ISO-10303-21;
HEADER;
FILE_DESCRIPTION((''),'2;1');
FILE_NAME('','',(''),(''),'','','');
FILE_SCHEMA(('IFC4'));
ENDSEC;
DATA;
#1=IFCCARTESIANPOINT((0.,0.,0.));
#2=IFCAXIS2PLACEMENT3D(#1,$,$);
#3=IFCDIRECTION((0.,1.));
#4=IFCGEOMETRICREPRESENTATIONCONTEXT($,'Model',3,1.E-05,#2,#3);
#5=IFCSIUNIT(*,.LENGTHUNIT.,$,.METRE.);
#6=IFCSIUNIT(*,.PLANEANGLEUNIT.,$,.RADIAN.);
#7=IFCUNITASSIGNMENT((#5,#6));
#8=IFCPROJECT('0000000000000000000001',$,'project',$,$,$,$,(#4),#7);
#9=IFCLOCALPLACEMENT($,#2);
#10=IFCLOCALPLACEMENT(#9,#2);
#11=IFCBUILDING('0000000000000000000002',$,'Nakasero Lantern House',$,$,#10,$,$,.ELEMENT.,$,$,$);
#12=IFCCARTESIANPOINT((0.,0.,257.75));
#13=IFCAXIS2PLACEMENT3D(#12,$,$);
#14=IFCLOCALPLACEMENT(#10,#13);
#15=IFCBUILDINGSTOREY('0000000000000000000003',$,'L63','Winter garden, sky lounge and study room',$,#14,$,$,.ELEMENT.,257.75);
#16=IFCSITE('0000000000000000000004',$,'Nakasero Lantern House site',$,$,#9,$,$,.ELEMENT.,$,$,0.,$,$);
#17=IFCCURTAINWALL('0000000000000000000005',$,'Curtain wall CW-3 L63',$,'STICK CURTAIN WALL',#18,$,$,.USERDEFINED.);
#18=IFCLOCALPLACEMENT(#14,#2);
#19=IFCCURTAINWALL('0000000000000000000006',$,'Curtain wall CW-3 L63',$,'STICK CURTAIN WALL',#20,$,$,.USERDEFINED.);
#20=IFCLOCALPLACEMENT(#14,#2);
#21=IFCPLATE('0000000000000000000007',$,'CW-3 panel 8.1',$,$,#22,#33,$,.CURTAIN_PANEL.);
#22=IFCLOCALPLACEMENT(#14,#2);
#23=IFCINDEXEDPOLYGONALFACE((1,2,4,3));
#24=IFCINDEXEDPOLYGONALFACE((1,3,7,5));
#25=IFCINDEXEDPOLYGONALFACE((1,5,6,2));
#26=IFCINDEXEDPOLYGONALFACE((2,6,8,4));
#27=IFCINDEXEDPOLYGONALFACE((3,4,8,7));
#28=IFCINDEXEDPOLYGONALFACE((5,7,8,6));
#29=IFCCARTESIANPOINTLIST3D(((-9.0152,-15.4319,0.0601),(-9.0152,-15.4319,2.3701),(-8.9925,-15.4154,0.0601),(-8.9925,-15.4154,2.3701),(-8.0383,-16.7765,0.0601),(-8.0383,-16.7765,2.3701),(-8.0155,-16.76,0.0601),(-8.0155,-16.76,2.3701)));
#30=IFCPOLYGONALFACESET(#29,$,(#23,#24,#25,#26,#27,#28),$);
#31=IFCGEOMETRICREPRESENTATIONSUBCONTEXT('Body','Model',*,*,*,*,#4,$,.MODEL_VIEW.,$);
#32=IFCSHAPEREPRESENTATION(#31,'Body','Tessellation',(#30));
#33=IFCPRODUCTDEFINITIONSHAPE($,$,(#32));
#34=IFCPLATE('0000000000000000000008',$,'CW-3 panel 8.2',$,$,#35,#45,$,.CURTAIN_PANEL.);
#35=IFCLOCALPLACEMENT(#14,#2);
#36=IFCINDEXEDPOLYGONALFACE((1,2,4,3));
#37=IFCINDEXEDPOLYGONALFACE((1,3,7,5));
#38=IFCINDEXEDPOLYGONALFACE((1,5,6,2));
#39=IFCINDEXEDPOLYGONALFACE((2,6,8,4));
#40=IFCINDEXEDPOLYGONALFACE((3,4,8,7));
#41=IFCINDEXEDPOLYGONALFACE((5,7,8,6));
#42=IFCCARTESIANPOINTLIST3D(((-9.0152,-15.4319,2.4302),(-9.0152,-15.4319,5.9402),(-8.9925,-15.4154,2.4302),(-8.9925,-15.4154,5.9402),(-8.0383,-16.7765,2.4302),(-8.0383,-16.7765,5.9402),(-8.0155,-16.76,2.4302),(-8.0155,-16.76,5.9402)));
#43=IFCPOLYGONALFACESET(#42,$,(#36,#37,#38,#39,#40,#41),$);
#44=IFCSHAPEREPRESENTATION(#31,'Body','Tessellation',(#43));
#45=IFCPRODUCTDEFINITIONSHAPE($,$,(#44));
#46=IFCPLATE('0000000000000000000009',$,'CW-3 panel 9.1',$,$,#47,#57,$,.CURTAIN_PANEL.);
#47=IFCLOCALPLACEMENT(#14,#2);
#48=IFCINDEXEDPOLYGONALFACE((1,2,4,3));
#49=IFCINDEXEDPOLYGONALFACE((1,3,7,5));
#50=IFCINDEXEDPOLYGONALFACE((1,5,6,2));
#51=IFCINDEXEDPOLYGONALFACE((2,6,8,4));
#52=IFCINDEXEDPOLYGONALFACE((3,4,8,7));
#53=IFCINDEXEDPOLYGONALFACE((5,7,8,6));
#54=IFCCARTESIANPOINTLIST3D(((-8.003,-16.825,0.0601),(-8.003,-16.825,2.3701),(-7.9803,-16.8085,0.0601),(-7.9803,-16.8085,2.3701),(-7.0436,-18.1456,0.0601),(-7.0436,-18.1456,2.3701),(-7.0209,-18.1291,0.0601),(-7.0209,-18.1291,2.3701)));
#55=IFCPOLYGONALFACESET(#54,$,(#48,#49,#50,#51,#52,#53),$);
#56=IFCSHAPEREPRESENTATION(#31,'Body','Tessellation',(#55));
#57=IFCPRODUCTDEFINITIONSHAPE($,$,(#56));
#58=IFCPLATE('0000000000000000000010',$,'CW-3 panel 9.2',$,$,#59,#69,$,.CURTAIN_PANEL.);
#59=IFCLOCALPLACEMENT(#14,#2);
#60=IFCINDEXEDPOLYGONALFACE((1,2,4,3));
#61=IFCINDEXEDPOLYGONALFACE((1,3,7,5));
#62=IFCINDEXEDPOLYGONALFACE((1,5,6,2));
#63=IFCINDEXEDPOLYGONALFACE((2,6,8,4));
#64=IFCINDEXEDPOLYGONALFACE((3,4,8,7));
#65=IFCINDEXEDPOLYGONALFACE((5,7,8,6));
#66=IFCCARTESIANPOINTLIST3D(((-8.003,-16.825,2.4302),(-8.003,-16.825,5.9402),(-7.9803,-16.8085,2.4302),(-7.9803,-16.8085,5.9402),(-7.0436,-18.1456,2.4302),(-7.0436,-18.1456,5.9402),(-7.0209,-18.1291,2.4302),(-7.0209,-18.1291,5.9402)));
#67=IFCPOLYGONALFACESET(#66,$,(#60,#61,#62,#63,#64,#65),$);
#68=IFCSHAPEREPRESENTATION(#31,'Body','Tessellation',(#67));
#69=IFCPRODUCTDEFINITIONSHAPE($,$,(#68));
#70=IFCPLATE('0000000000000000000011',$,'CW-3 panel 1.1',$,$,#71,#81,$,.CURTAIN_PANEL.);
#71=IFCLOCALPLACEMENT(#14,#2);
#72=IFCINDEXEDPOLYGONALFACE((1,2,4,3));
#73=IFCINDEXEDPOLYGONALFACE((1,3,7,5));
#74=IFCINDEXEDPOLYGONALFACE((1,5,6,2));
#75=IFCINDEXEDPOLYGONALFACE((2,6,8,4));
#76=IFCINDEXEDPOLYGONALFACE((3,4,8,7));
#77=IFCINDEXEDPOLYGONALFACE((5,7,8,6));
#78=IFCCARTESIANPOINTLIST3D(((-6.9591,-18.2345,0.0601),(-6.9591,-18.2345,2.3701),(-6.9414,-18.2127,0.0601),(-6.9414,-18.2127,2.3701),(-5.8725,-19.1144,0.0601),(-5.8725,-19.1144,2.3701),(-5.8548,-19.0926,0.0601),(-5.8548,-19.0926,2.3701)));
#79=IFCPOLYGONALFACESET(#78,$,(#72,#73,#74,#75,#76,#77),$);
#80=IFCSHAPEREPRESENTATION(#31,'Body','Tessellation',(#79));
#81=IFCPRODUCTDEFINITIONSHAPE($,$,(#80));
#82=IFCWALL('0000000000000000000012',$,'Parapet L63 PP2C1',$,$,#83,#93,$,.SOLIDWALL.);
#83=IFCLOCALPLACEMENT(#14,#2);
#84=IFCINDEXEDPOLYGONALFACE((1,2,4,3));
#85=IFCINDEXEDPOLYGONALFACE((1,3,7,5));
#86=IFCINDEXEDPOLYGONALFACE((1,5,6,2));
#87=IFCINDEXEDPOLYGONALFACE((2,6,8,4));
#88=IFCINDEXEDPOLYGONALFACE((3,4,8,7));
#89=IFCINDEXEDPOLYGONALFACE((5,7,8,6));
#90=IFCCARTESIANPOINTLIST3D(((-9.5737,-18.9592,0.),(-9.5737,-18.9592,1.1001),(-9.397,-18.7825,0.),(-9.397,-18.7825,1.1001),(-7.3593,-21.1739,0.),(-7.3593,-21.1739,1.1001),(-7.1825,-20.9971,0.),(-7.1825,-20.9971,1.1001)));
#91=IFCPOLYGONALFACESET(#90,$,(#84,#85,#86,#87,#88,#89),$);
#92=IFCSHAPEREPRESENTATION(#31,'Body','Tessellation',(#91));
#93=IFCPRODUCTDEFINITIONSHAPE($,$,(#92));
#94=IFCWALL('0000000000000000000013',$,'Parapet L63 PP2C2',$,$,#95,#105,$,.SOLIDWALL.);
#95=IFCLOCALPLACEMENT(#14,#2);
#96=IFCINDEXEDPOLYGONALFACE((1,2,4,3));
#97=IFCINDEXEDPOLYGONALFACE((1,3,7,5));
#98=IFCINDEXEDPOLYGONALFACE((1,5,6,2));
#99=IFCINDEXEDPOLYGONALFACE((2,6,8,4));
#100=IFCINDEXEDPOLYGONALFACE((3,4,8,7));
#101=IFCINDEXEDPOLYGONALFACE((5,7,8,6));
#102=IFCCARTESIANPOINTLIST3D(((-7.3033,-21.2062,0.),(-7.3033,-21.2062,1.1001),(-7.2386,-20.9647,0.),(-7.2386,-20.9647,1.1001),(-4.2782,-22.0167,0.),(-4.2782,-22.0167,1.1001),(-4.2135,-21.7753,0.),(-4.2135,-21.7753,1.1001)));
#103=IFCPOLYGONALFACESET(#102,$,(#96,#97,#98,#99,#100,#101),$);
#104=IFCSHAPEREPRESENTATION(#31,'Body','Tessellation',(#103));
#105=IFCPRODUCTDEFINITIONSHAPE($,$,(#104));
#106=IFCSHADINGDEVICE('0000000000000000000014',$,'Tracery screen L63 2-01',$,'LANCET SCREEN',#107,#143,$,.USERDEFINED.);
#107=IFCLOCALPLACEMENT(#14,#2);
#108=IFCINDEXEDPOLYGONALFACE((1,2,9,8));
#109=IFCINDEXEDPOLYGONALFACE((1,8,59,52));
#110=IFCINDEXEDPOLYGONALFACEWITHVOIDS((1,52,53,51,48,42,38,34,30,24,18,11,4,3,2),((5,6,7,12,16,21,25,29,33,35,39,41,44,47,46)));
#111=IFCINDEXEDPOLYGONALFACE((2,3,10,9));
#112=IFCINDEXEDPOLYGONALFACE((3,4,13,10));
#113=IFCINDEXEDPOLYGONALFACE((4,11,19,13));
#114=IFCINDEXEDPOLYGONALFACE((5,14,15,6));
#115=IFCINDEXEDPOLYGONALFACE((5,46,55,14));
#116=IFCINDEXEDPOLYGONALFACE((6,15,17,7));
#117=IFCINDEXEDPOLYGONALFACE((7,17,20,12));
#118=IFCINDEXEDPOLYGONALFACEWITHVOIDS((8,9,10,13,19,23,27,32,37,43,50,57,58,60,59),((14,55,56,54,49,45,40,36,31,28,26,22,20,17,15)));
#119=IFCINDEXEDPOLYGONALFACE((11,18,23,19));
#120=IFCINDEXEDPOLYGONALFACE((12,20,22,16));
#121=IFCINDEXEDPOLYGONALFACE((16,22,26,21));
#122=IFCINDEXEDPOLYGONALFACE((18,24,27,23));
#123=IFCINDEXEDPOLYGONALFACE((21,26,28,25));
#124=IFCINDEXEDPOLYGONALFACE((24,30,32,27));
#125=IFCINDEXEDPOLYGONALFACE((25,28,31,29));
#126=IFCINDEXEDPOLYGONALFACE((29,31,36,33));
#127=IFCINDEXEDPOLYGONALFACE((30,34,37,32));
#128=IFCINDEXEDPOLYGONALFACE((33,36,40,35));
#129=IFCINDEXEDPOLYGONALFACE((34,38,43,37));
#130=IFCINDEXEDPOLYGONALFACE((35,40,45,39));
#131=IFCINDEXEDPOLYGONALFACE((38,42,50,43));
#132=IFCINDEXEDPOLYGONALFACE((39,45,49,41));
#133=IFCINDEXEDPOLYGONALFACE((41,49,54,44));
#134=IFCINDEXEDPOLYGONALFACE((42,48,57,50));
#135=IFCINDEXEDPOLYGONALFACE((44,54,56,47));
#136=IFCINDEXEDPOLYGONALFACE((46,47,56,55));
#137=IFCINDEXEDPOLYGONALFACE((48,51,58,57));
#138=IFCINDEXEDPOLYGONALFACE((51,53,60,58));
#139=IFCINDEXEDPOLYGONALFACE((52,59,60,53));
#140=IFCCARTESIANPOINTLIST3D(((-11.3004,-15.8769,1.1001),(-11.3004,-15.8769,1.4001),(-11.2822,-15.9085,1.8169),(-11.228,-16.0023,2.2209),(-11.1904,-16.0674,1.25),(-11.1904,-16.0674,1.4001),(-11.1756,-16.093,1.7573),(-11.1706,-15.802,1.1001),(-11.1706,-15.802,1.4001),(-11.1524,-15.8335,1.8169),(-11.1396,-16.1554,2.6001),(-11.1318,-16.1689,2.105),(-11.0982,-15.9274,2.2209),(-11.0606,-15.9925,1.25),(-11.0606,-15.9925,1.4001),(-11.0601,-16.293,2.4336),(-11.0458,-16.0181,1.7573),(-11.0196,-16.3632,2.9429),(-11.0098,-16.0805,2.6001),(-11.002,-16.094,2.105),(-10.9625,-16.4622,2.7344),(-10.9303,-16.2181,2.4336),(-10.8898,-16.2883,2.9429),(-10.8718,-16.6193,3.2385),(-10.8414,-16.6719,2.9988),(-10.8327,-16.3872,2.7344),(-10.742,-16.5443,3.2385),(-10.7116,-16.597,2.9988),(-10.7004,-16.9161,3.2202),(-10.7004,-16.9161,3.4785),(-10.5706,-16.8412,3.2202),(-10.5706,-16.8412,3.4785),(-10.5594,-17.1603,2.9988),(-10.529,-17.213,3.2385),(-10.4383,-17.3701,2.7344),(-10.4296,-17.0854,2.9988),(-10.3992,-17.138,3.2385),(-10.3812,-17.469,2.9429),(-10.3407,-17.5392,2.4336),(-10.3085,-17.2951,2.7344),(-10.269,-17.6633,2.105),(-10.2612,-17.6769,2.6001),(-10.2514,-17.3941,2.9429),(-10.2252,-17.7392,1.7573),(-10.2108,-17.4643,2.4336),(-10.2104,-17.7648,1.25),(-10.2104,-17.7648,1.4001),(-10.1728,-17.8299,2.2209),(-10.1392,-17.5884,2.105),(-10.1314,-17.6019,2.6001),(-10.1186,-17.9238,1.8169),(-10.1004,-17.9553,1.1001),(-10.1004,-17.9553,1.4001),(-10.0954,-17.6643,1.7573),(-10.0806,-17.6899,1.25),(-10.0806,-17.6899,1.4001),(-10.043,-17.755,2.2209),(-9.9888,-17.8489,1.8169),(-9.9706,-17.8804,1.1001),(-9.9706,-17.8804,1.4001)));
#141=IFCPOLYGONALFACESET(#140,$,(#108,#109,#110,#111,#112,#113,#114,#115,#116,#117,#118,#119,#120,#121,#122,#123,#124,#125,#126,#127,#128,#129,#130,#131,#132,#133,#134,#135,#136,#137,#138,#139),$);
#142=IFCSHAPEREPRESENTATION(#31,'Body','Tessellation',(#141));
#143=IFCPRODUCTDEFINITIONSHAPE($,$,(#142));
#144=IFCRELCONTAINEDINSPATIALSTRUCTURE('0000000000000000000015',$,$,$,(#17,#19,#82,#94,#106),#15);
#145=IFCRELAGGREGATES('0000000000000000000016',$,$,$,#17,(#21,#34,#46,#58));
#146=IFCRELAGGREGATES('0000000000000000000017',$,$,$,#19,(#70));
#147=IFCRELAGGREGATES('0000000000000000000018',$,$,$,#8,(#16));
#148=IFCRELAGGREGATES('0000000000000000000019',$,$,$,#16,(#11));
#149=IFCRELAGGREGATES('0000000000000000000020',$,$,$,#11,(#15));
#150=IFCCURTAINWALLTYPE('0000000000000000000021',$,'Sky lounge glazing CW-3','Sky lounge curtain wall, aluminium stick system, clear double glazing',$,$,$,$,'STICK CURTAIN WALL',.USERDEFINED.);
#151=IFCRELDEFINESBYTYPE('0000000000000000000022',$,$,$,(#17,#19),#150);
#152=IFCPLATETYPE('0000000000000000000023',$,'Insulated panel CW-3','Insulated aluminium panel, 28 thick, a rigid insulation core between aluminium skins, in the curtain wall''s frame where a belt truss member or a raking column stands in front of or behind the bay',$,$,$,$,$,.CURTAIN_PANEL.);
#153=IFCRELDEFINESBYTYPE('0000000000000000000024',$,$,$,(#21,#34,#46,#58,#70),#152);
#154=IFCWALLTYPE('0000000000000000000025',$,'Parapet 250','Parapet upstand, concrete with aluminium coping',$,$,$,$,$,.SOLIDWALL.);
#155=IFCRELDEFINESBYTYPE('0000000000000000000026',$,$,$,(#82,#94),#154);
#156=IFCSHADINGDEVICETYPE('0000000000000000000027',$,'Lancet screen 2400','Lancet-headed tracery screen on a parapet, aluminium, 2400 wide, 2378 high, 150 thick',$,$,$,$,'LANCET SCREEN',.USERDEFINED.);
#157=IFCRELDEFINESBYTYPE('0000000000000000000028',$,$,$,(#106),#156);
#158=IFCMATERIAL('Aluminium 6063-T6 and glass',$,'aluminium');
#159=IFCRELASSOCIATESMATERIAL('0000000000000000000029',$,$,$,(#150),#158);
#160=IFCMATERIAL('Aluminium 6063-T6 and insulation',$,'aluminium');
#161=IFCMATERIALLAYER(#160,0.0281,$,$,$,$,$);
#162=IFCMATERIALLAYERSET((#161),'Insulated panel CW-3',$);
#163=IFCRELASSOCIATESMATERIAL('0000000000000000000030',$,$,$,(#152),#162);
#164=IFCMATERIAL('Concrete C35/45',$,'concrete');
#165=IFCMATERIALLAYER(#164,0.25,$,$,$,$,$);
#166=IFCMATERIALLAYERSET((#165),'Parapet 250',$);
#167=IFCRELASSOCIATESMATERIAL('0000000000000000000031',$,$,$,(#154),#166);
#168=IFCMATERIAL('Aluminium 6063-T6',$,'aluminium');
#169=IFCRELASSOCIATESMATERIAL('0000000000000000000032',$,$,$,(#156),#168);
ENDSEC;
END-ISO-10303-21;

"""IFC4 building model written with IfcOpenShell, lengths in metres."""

from ifc_helpers import new_model, si_unit, direction, frame, frame_2d, origin, origin_2d, place, context, subcontext, project, spatial, polyline, rectangle, outline, extrude, material, layer, layer_set, type_object, element, aggregate, save


model = new_model("IFC4")

# Units and contexts
model_context = context("Model", 3, precision=1e-05, world=origin(), true_north=direction((0.0, 1.0)))
body_context = subcontext(model_context, "Body", "Model", "MODEL_VIEW")
ifc_project = project(units=[si_unit("LENGTHUNIT", "METRE"), si_unit("PLANEANGLEUNIT", "RADIAN")], contexts=[model_context])

# Site, building, storey
site_placement = place(None, origin())
site = spatial("IfcSite", under=ifc_project, at=site_placement, Name="Nakasero Lantern House site", CompositionType="ELEMENT", RefElevation=0.0)
building_placement = place(site_placement, origin())
building = spatial("IfcBuilding", under=site, at=building_placement, Name="Nakasero Lantern House", CompositionType="ELEMENT")
storey_placement = place(building_placement, frame((0.0, 0.0, 257.75)))
storey = spatial("IfcBuildingStorey", under=building, at=storey_placement, Name="L63", Description="Winter garden, sky lounge and study room", CompositionType="ELEMENT", Elevation=257.75)

# Curtain wall
ifc_material_1 = material(Name="Aluminium 6063-T6 and glass", Category="aluminium")
curtain_wall_type = type_object("IfcCurtainWallType", Name="Sky lounge glazing CW-3", Description="Sky lounge curtain wall, aluminium stick system, clear double glazing", ElementType="STICK CURTAIN WALL", PredefinedType="USERDEFINED", material=ifc_material_1)
curtain_wall_1_placement = place(storey_placement, origin())
curtain_wall_1 = element("IfcCurtainWall", 1, at=curtain_wall_1_placement, inside=storey, type_object=curtain_wall_type, Name="Curtain wall CW-3 L63", ObjectType="STICK CURTAIN WALL", PredefinedType="USERDEFINED")

# Curtain wall
curtain_wall_2_placement = place(storey_placement, origin())
curtain_wall_2 = element("IfcCurtainWall", 2, at=curtain_wall_2_placement, inside=storey, type_object=curtain_wall_type, Name="Curtain wall CW-3 L63", ObjectType="STICK CURTAIN WALL", PredefinedType="USERDEFINED")

# Plates
ifc_material_2 = material(Name="Aluminium 6063-T6 and insulation", Category="aluminium")
ifc_layer_1 = layer(ifc_material_2, 0.0281)
ifc_layer_set_1 = layer_set([ifc_layer_1], Name="Insulated panel CW-3")
plate_type = type_object("IfcPlateType", Name="Insulated panel CW-3", Description="Insulated aluminium panel, 28 thick, a rigid insulation core between aluminium skins, in the curtain wall's frame where a belt truss member or a raking column stands in front of or behind the bay", PredefinedType="CURTAIN_PANEL", material=ifc_layer_set_1)
plate_1_placement = place(storey_placement, frame((-8.5154, -16.0959, 0.0601), z_axis=(0.0, 0.0, 1.0), x_axis=(0.587785, -0.809017, 0.0)))
plate_1 = element("IfcPlate", 3, at=plate_1_placement, type_object=plate_type, Name="CW-3 panel 8.1", PredefinedType="CURTAIN_PANEL", context=body_context, shape_type="SweptSolid", body=[
    extrude(rectangle(XDim=1.6621, YDim=0.0281, at=origin_2d()), origin(), (0.0, 0.0, 1.0), 2.3101),
])
plate_2_placement = place(storey_placement, frame((-8.5154, -16.0959, 2.4302), z_axis=(0.0, 0.0, 1.0), x_axis=(0.587785, -0.809017, 0.0)))
plate_2 = element("IfcPlate", 4, at=plate_2_placement, type_object=plate_type, Name="CW-3 panel 8.2", PredefinedType="CURTAIN_PANEL", context=body_context, shape_type="SweptSolid", body=[
    extrude(rectangle(XDim=1.6621, YDim=0.0281, at=origin_2d()), origin(), (0.0, 0.0, 1.0), 3.51),
])
plate_3_placement = place(storey_placement, frame((-7.512, -17.4771, 0.0601), z_axis=(0.0, 0.0, 1.0), x_axis=(0.587785, -0.809017, 0.0)))
plate_3 = element("IfcPlate", 5, at=plate_3_placement, type_object=plate_type, Name="CW-3 panel 9.1", PredefinedType="CURTAIN_PANEL", context=body_context, shape_type="SweptSolid", body=[
    extrude(rectangle(XDim=1.6323, YDim=0.0281, at=origin_2d()), origin(), (0.0, 0.0, 1.0), 2.3101),
])
plate_4_placement = place(storey_placement, frame((-7.512, -17.4771, 2.4302), z_axis=(0.0, 0.0, 1.0), x_axis=(0.587785, -0.809017, 0.0)))
plate_4 = element("IfcPlate", 6, at=plate_4_placement, type_object=plate_type, Name="CW-3 panel 9.2", PredefinedType="CURTAIN_PANEL", context=body_context, shape_type="SweptSolid", body=[
    extrude(rectangle(XDim=1.6323, YDim=0.0281, at=origin_2d()), origin(), (0.0, 0.0, 1.0), 3.51),
])
aggregate(curtain_wall_1, [plate_1, plate_2, plate_3, plate_4])
plate_5_placement = place(storey_placement, frame((-6.407, -18.6636, 0.0601), z_axis=(0.0, 0.0, 1.0), x_axis=(0.777146, -0.62932, 0.0)))
plate_5 = element("IfcPlate", 7, at=plate_5_placement, type_object=plate_type, Name="CW-3 panel 1.1", PredefinedType="CURTAIN_PANEL", context=body_context, shape_type="SweptSolid", body=[
    extrude(rectangle(XDim=1.3982, YDim=0.0281, at=origin_2d()), origin(), (0.0, 0.0, 1.0), 2.3101),
])
aggregate(curtain_wall_2, [plate_5])

# Walls
ifc_material_3 = material(Name="Concrete C35/45", Category="concrete")
ifc_layer_2 = layer(ifc_material_3, 0.25)
ifc_layer_set_2 = layer_set([ifc_layer_2], Name="Parapet 250")
wall_type = type_object("IfcWallType", Name="Parapet 250", Description="Parapet upstand, concrete with aluminium coping", PredefinedType="SOLIDWALL", material=ifc_layer_set_2)
for number, where, z_axis, x_axis, name in (
    (8, (-9.4854, -18.8708, 0.0), (0.0, 0.0, 1.0), (0.707068, -0.707146, 0.0), "Parapet L63 PP2C1"),
    (9, (-7.271, -21.0854, 0.0), (0.0, 0.0, 1.0), (0.965929, -0.258808, 0.0), "Parapet L63 PP2C2"),
):
    element("IfcWall", number, at=place(storey_placement, frame(where, z_axis=z_axis, x_axis=x_axis)), inside=storey, type_object=wall_type, Name=name, PredefinedType="SOLIDWALL", context=body_context, shape_type="SweptSolid", body=[
        extrude(rectangle(XDim=3.1318, YDim=0.25, at=frame_2d((1.5659, 0.0))), origin(), (0.0, 0.0, 1.0), 1.1001),
    ])

# Shading device
ifc_material_4 = material(Name="Aluminium 6063-T6", Category="aluminium")
shading_device_type = type_object("IfcShadingDeviceType", Name="Lancet screen 2400", Description="Lancet-headed tracery screen on a parapet, aluminium, 2400 wide, 2378 high, 150 thick", ElementType="LANCET SCREEN", PredefinedType="USERDEFINED", material=ifc_material_4)
shading_device_placement = place(storey_placement, frame((-10.6355, -16.8787, 1.1001), z_axis=(0.0, 0.0, 1.0), x_axis=(0.5, -0.866025, 0.0)))
element("IfcShadingDevice", 10, at=shading_device_placement, inside=storey, type_object=shading_device_type, Name="Tracery screen L63 2-01", ObjectType="LANCET SCREEN", PredefinedType="USERDEFINED", context=body_context, shape_type="SweptSolid", body=[
    extrude(outline(polyline([(-1.2, 0.0), (1.2, 0.0), (1.2, 0.3), (1.1636, 0.7168), (1.0552, 1.1208), (0.8784, 1.5), (0.6384, 1.8428), (0.3428, 2.1384), (0.0, 2.3784), (-0.3428, 2.1384), (-0.6384, 1.8428), (-0.8784, 1.5), (-1.0552, 1.1208), (-1.1636, 0.7168), (-1.2, 0.3), (-1.2, 0.0)]), holes=[polyline([(-0.98, 0.1499), (0.98, 0.1499), (0.98, 0.3), (0.9504, 0.6572), (0.8628, 1.0049), (0.7195, 1.3335), (0.5242, 1.6343), (0.282, 1.8987), (0.0, 2.1201), (-0.282, 1.8987), (-0.5242, 1.6343), (-0.7195, 1.3335), (-0.8628, 1.0049), (-0.9504, 0.6572), (-0.98, 0.3), (-0.98, 0.1499)])]), frame((0.0, 0.075, 0.0), z_axis=(0.0, -1.0, 0.0), x_axis=(1.0, 0.0, 0.0)), (0.0, 0.0, 1.0), 0.1499),
])

save(model, "model.ifc")
